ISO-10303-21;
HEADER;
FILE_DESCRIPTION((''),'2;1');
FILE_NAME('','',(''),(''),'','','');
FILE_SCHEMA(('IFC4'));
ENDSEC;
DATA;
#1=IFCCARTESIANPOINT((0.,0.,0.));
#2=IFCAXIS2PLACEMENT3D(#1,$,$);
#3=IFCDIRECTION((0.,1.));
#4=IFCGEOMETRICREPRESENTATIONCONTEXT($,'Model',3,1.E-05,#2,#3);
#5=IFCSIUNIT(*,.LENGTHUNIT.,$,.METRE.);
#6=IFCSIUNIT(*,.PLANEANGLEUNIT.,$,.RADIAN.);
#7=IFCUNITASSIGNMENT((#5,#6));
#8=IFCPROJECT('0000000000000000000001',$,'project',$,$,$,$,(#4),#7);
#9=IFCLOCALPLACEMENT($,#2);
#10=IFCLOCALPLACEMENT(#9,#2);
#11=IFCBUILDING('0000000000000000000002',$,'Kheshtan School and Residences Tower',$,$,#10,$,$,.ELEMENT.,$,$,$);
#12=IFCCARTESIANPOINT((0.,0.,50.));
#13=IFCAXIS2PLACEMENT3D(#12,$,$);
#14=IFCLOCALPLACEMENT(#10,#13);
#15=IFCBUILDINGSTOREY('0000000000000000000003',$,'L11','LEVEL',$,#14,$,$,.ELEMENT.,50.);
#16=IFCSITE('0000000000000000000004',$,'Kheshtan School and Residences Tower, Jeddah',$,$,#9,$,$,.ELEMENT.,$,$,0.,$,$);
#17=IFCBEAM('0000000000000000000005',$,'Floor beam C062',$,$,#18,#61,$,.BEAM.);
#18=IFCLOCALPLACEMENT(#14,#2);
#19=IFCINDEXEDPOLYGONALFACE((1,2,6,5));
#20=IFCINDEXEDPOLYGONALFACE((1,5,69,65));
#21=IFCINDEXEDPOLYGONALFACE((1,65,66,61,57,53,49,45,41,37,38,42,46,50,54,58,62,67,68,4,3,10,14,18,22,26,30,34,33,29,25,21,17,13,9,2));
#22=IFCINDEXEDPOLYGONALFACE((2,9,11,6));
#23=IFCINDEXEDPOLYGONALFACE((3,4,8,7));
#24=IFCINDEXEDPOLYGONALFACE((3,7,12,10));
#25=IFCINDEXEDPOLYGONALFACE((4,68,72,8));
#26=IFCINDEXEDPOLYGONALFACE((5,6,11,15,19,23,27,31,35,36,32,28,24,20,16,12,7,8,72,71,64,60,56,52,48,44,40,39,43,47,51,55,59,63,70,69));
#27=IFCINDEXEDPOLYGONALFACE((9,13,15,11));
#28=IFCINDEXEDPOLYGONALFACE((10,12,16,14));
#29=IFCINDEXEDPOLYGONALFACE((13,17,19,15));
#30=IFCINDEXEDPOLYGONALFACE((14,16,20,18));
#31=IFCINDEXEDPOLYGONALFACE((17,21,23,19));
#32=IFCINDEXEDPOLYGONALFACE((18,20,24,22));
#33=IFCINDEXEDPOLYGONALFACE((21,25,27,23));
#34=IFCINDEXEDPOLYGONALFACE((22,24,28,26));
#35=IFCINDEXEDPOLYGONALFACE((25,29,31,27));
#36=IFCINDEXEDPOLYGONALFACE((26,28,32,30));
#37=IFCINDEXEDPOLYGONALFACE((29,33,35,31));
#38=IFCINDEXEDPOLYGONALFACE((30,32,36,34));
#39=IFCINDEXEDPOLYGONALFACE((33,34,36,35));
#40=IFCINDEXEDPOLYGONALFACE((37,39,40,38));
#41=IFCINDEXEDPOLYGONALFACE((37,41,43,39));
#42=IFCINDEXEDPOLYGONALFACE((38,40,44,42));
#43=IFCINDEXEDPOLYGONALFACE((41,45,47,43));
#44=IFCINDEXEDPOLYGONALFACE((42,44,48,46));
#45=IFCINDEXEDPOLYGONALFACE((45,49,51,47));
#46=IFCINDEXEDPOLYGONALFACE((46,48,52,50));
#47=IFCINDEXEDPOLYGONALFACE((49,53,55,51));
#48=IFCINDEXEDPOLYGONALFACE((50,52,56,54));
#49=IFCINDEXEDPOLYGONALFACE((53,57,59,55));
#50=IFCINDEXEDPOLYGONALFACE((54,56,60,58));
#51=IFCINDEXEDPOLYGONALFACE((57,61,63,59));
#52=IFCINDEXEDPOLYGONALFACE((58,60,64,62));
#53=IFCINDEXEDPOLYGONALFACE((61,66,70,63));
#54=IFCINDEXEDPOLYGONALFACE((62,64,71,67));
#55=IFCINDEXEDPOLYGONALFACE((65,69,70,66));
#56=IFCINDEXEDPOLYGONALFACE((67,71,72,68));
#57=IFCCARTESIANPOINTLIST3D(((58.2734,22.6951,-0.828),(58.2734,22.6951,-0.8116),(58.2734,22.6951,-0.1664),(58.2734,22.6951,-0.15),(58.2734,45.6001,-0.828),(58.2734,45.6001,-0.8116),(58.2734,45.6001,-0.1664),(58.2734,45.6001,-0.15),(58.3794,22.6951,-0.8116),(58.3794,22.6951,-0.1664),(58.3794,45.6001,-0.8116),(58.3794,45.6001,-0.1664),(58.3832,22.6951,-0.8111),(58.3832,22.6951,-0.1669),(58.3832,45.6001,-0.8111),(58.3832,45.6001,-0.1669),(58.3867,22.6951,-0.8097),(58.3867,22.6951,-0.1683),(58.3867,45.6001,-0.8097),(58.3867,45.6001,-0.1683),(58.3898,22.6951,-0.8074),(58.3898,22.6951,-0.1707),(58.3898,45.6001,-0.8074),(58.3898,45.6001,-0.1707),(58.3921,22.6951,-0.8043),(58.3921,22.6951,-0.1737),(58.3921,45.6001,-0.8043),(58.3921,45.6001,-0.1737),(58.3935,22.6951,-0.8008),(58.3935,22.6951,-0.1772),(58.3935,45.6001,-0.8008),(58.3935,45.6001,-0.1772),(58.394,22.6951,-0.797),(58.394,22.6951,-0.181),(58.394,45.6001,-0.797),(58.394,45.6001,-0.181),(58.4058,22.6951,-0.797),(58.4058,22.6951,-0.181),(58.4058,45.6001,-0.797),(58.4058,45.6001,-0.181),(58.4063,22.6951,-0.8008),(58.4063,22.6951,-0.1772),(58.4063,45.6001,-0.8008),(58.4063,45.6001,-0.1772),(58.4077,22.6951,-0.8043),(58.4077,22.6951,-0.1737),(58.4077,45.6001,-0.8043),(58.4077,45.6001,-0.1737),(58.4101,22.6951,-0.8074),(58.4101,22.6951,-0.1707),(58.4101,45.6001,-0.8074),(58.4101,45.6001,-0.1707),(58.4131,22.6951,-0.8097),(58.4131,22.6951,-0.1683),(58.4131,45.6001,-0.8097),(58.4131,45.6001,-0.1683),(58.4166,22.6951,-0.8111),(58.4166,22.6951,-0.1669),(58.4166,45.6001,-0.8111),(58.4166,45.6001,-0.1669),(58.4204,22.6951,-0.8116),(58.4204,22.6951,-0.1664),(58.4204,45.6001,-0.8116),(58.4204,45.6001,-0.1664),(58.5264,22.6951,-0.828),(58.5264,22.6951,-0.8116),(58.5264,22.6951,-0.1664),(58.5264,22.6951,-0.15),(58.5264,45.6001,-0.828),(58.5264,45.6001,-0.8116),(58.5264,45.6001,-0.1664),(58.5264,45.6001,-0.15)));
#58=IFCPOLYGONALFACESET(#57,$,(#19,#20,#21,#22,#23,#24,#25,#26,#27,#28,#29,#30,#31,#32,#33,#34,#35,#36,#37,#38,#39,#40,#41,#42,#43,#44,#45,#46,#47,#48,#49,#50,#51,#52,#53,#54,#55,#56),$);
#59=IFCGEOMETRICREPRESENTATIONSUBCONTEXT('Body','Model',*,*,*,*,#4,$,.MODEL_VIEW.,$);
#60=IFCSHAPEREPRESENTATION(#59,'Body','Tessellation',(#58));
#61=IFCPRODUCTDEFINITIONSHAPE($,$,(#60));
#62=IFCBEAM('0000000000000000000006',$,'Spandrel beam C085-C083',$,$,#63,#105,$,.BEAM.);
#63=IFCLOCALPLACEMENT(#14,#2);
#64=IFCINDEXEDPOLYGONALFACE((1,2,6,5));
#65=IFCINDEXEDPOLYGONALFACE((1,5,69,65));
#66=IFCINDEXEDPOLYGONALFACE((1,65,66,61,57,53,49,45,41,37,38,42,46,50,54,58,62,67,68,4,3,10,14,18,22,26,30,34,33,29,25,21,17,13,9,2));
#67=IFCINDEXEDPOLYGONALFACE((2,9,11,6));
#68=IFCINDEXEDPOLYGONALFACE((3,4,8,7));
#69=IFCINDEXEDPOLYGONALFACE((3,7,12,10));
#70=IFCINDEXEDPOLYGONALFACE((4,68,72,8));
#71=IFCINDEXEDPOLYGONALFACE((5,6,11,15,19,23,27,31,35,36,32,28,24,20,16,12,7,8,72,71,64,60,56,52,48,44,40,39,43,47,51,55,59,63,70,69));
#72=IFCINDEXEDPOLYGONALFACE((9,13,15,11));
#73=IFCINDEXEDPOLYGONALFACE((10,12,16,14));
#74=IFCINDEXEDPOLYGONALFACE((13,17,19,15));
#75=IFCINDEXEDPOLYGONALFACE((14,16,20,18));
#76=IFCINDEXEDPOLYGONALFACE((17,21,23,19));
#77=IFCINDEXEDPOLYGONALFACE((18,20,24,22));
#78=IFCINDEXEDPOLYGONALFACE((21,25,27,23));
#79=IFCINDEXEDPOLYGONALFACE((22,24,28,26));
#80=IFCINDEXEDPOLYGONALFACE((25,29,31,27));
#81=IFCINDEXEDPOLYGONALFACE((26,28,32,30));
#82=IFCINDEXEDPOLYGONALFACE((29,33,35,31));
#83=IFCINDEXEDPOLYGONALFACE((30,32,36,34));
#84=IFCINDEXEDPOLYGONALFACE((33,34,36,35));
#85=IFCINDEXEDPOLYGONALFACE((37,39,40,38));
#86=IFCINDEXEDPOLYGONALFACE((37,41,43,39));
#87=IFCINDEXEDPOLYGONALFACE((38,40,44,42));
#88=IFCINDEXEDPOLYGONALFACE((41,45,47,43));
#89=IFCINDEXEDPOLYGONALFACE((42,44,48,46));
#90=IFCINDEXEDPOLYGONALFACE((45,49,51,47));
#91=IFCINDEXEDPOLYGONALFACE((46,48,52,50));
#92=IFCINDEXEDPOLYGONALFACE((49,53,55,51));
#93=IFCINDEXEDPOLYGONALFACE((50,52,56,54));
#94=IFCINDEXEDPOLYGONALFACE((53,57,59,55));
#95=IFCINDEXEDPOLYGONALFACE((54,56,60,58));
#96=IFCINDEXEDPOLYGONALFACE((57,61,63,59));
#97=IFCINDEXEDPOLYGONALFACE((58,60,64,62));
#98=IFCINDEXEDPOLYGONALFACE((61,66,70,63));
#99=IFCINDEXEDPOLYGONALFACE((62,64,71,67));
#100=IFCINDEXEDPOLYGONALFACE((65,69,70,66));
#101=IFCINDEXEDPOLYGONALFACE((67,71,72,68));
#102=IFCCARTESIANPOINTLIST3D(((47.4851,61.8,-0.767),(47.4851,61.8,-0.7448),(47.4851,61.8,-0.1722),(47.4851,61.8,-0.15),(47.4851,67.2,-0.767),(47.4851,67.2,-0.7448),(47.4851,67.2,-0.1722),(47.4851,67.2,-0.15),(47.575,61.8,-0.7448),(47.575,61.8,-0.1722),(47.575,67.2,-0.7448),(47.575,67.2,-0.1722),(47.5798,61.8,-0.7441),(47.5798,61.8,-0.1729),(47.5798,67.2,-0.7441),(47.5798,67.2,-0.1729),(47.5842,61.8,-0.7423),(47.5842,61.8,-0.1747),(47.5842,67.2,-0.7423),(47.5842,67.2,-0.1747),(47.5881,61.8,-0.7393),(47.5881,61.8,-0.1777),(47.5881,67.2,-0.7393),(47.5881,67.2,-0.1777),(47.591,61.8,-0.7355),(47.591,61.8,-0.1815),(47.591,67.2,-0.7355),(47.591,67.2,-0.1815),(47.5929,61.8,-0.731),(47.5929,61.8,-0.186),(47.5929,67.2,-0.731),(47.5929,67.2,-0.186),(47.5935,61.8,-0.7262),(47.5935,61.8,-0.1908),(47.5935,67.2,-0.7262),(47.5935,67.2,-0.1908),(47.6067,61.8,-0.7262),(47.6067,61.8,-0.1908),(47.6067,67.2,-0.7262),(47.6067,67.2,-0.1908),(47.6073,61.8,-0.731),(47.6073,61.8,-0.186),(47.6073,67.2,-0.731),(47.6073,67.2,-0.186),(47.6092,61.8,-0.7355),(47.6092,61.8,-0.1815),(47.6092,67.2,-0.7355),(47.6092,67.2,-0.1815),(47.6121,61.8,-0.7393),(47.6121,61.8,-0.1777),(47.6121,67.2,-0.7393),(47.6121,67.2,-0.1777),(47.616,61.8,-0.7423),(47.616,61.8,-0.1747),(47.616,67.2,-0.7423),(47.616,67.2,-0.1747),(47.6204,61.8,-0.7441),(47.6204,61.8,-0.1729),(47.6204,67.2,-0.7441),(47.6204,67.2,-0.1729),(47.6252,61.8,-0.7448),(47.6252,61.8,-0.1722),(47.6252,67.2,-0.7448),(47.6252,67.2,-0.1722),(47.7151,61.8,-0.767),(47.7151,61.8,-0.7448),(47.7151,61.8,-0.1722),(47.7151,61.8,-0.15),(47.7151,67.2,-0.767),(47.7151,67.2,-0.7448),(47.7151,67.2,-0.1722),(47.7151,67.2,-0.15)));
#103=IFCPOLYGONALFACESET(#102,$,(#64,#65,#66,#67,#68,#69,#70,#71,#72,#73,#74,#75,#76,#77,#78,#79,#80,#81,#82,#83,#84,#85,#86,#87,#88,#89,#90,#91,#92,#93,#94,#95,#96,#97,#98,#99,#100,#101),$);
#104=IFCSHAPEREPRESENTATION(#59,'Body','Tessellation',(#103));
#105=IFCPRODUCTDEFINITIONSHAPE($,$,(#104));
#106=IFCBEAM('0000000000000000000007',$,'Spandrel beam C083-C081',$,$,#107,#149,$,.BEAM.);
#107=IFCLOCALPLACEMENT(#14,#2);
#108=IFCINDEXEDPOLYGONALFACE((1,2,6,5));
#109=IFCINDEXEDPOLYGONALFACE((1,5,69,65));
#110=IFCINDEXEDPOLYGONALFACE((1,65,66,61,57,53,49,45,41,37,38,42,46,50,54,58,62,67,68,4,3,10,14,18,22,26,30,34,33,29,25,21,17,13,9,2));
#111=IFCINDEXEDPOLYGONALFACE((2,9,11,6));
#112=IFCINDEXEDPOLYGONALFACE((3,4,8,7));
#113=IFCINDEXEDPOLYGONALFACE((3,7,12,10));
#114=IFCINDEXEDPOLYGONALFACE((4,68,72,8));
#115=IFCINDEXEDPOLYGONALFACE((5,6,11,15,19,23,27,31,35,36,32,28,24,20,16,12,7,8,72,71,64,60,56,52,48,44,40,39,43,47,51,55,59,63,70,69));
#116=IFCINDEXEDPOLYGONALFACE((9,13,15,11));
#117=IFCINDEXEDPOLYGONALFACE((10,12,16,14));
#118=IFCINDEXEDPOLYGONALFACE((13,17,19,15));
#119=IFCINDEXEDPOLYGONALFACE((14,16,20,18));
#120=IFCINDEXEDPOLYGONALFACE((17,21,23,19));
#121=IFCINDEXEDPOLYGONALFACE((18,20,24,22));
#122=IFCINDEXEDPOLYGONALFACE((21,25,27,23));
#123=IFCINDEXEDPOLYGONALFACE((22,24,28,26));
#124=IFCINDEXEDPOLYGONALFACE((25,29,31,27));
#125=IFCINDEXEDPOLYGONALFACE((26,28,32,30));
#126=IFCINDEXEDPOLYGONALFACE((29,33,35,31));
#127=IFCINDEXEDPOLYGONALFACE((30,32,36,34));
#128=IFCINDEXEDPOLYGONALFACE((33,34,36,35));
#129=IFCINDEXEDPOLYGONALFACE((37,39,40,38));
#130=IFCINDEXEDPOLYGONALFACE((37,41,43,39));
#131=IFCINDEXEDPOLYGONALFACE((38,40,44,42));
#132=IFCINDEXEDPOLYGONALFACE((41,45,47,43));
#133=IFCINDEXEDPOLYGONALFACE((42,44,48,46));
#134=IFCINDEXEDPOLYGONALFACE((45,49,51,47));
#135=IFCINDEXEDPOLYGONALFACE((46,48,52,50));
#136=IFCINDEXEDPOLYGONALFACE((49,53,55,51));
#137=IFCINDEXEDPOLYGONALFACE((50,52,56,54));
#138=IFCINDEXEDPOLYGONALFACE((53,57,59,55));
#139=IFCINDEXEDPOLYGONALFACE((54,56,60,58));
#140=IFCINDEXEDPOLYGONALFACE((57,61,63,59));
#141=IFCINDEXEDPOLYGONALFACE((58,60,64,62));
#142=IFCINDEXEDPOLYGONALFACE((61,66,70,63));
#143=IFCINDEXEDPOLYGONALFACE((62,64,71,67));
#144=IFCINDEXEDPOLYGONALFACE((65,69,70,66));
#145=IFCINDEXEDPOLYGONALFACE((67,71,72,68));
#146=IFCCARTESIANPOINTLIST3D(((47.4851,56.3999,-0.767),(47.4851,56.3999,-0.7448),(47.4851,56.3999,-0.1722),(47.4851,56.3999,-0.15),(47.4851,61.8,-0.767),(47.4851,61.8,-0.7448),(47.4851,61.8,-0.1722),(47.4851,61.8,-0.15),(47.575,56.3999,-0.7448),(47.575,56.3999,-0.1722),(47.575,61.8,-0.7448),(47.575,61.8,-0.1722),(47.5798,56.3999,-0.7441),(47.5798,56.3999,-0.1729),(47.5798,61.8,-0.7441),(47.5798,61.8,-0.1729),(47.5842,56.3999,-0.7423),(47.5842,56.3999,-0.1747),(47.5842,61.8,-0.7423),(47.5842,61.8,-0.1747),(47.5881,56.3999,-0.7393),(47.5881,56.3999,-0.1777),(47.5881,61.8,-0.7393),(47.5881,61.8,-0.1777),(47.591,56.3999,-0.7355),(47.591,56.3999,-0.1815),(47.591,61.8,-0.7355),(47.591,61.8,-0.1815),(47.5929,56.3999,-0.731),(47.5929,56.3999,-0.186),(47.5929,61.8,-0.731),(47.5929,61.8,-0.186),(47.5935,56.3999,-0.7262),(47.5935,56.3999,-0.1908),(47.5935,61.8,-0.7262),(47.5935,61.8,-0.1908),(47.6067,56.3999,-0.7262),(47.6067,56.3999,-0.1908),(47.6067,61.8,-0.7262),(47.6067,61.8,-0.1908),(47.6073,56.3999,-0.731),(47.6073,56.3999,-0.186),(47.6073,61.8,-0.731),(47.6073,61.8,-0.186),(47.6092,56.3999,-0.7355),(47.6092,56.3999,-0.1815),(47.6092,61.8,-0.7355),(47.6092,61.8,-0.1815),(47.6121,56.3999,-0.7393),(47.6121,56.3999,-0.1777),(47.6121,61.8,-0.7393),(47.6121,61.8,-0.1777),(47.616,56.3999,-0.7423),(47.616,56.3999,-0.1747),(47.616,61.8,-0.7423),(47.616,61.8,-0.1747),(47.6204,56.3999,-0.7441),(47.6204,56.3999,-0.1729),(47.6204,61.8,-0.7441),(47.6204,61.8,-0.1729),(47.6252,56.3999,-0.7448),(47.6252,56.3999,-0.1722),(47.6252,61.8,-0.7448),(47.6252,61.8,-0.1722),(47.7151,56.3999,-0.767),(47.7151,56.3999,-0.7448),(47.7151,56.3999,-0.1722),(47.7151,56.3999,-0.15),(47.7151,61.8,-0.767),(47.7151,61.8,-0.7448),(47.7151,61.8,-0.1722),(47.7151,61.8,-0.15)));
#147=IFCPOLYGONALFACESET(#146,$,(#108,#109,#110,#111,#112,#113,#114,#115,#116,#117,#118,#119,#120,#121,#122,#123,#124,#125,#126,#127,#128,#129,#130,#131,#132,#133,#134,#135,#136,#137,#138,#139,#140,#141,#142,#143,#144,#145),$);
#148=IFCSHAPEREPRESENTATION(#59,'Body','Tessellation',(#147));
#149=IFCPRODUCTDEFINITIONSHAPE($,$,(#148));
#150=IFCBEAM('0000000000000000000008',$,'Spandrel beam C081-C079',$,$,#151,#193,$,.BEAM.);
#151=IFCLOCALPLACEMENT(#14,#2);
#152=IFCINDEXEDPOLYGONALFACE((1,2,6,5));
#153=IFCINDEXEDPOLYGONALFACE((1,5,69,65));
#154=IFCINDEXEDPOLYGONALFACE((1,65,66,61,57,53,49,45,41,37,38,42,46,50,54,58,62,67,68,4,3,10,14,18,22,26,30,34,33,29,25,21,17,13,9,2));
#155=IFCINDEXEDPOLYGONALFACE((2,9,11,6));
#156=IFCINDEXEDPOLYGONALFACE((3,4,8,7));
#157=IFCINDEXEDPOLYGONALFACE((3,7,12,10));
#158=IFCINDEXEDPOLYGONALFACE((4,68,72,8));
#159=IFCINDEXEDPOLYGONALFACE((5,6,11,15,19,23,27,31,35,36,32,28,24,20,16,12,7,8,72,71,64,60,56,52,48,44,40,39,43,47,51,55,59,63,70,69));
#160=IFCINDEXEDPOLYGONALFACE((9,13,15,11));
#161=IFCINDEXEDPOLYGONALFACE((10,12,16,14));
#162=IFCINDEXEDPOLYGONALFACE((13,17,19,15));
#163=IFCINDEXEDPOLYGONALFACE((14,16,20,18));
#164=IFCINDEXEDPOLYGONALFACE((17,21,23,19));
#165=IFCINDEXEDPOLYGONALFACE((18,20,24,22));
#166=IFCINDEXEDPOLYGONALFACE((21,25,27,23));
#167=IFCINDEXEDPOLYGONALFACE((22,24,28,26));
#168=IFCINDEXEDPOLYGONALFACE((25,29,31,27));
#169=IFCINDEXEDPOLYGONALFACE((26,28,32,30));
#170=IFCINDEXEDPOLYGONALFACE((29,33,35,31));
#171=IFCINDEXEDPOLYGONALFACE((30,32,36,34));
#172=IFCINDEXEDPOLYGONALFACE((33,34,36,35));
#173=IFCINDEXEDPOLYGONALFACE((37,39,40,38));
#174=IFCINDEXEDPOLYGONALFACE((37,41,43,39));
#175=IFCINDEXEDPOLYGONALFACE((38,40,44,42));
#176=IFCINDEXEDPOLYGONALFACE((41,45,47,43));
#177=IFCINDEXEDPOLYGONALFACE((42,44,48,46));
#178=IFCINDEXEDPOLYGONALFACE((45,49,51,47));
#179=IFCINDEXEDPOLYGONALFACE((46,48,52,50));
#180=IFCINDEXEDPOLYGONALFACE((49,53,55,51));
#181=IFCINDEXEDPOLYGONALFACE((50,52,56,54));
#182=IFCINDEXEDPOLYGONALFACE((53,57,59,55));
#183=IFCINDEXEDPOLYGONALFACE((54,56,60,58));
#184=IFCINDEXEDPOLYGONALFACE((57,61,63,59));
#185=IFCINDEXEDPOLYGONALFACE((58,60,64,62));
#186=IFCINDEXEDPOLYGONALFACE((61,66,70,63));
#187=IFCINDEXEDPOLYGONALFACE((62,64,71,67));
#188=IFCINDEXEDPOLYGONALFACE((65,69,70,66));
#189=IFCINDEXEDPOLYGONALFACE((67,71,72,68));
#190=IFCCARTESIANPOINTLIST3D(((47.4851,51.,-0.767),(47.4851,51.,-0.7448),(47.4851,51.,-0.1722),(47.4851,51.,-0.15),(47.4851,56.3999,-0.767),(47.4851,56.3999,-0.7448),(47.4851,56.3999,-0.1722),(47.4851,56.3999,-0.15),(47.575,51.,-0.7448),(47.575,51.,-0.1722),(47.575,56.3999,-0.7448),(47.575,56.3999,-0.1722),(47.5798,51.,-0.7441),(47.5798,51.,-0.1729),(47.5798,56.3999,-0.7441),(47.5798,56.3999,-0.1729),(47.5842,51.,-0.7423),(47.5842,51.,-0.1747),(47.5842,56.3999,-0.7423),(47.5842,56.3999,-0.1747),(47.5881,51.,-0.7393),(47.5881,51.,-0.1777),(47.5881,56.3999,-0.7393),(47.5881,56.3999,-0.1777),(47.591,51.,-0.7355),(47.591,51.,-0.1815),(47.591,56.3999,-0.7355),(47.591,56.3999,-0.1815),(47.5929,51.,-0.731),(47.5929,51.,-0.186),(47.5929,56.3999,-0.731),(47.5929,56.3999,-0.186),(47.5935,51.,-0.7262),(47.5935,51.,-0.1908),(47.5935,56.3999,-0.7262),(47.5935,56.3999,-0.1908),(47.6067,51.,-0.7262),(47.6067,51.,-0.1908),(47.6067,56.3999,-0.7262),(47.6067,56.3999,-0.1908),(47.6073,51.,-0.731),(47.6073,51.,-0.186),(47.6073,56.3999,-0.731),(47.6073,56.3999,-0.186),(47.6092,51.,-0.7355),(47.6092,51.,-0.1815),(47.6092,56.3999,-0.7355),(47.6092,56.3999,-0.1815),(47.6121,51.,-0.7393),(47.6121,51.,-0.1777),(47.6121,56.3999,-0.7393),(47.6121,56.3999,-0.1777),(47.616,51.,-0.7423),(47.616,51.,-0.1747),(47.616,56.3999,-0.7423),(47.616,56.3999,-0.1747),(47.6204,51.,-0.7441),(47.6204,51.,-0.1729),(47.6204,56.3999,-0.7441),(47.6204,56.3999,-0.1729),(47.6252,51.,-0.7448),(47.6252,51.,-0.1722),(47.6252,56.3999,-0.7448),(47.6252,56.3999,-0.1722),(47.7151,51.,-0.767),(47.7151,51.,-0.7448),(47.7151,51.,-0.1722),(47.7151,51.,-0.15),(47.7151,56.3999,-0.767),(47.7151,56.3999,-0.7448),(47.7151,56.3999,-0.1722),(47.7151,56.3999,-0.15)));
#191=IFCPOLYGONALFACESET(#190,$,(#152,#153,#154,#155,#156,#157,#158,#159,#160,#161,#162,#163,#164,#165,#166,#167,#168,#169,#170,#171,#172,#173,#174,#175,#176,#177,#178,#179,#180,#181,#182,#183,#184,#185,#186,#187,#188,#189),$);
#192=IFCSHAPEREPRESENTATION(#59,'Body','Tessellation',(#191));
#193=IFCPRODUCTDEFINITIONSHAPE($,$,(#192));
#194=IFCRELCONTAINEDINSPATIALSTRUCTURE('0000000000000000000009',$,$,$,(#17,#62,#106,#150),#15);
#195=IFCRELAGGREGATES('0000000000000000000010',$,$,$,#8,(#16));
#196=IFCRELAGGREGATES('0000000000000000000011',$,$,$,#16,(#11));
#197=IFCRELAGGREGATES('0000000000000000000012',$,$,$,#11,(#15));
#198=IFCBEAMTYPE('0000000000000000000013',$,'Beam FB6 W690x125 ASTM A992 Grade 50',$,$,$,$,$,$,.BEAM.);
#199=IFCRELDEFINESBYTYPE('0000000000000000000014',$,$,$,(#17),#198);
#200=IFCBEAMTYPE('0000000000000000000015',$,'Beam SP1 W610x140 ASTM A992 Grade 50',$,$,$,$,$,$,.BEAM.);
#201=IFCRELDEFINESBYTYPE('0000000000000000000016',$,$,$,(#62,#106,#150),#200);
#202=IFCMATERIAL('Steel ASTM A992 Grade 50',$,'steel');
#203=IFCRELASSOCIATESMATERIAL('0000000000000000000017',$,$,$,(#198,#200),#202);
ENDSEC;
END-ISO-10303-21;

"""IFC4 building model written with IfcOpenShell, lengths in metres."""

from ifc_helpers import new_model, si_unit, direction, frame, origin, origin_2d, place, context, subcontext, project, spatial, i_section, extrude, material, material_profile, profile_set, type_object, element, save


model = new_model("IFC4")

# Units and contexts
model_context = context("Model", 3, precision=1e-05, world=origin(), true_north=direction((0.0, 1.0)))
body_context = subcontext(model_context, "Body", "Model", "MODEL_VIEW")
ifc_project = project(units=[si_unit("LENGTHUNIT", "METRE"), si_unit("PLANEANGLEUNIT", "RADIAN")], contexts=[model_context])

# Site, building, storey
site_placement = place(None, origin())
site = spatial("IfcSite", under=ifc_project, at=site_placement, Name="Kheshtan School and Residences Tower, Jeddah", CompositionType="ELEMENT", RefElevation=0.0)
building_placement = place(site_placement, origin())
building = spatial("IfcBuilding", under=site, at=building_placement, Name="Kheshtan School and Residences Tower", CompositionType="ELEMENT")
storey_placement = place(building_placement, frame((0.0, 0.0, 50.0)))
storey = spatial("IfcBuildingStorey", under=building, at=storey_placement, Name="L11", Description="LEVEL", CompositionType="ELEMENT", Elevation=50.0)

# Shared definitions
ifc_material_1 = material(Name="Steel ASTM A992 Grade 50", Category="steel")

# Beams
ifc_material_profile_1 = material_profile(ifc_material_1, i_section(OverallWidth=0.2529, OverallDepth=0.678, WebThickness=0.0117, FlangeThickness=0.0164, FilletRadius=0.0146, at=origin_2d()), Name="W690x125")
ifc_profile_set_1 = profile_set([ifc_material_profile_1], Name="Steel ASTM A992 Grade 50")
beam_type_1 = type_object("IfcBeamType", Name="Beam FB6 W690x125 ASTM A992 Grade 50", PredefinedType="BEAM", material=ifc_profile_set_1)
beam_1_placement = place(storey_placement, frame((58.3999, 45.6001, -0.489), z_axis=(0.0, -1.0, 0.0), x_axis=(1.0, 0.0, 0.0)))
element("IfcBeam", 1, at=beam_1_placement, inside=storey, type_object=beam_type_1, Name="Floor beam C062", PredefinedType="BEAM", context=body_context, shape_type="SweptSolid", body=[
    extrude(i_section(OverallWidth=0.2529, OverallDepth=0.678, WebThickness=0.0117, FlangeThickness=0.0164, FilletRadius=0.0146, at=origin_2d()), origin(), (0.0, 0.0, 1.0), 22.905),
])
ifc_material_profile_2 = material_profile(ifc_material_1, i_section(OverallWidth=0.23, OverallDepth=0.6169, WebThickness=0.0132, FlangeThickness=0.0222, FilletRadius=0.0186, at=origin_2d()), Name="W610x140")
ifc_profile_set_2 = profile_set([ifc_material_profile_2], Name="Steel ASTM A992 Grade 50")
beam_type_2 = type_object("IfcBeamType", Name="Beam SP1 W610x140 ASTM A992 Grade 50", PredefinedType="BEAM", material=ifc_profile_set_2)
beam_2_placement = place(storey_placement, frame((47.6001, 67.2, -0.4585), z_axis=(0.0, -1.0, 0.0), x_axis=(1.0, 0.0, 0.0)))
element("IfcBeam", 2, at=beam_2_placement, inside=storey, type_object=beam_type_2, Name="Spandrel beam C085-C083", PredefinedType="BEAM", context=body_context, shape_type="SweptSolid", body=[
    extrude(i_section(OverallWidth=0.23, OverallDepth=0.6169, WebThickness=0.0132, FlangeThickness=0.0222, FilletRadius=0.0186, at=origin_2d()), origin(), (0.0, 0.0, 1.0), 5.3999),
])
beam_3_placement = place(storey_placement, frame((47.6001, 61.8, -0.4585), z_axis=(0.0, -1.0, 0.0), x_axis=(1.0, 0.0, 0.0)))
element("IfcBeam", 3, at=beam_3_placement, inside=storey, type_object=beam_type_2, Name="Spandrel beam C083-C081", PredefinedType="BEAM", context=body_context, shape_type="SweptSolid", body=[
    extrude(i_section(OverallWidth=0.23, OverallDepth=0.6169, WebThickness=0.0132, FlangeThickness=0.0222, FilletRadius=0.0186, at=origin_2d()), origin(), (0.0, 0.0, 1.0), 5.4001),
])
for number, where, z_axis, x_axis, name in (
    (4, (47.6001, 56.3999, -0.4585), (0.0, -1.0, 0.0), (1.0, 0.0, 0.0), "Spandrel beam C081-C079"),
):
    element("IfcBeam", number, at=place(storey_placement, frame(where, z_axis=z_axis, x_axis=x_axis)), inside=storey, type_object=beam_type_2, Name=name, PredefinedType="BEAM", context=body_context, shape_type="SweptSolid", body=[
        extrude(i_section(OverallWidth=0.23, OverallDepth=0.6169, WebThickness=0.0132, FlangeThickness=0.0222, FilletRadius=0.0186, at=origin_2d()), origin(), (0.0, 0.0, 1.0), 5.3999),
    ])

save(model, "model.ifc")
